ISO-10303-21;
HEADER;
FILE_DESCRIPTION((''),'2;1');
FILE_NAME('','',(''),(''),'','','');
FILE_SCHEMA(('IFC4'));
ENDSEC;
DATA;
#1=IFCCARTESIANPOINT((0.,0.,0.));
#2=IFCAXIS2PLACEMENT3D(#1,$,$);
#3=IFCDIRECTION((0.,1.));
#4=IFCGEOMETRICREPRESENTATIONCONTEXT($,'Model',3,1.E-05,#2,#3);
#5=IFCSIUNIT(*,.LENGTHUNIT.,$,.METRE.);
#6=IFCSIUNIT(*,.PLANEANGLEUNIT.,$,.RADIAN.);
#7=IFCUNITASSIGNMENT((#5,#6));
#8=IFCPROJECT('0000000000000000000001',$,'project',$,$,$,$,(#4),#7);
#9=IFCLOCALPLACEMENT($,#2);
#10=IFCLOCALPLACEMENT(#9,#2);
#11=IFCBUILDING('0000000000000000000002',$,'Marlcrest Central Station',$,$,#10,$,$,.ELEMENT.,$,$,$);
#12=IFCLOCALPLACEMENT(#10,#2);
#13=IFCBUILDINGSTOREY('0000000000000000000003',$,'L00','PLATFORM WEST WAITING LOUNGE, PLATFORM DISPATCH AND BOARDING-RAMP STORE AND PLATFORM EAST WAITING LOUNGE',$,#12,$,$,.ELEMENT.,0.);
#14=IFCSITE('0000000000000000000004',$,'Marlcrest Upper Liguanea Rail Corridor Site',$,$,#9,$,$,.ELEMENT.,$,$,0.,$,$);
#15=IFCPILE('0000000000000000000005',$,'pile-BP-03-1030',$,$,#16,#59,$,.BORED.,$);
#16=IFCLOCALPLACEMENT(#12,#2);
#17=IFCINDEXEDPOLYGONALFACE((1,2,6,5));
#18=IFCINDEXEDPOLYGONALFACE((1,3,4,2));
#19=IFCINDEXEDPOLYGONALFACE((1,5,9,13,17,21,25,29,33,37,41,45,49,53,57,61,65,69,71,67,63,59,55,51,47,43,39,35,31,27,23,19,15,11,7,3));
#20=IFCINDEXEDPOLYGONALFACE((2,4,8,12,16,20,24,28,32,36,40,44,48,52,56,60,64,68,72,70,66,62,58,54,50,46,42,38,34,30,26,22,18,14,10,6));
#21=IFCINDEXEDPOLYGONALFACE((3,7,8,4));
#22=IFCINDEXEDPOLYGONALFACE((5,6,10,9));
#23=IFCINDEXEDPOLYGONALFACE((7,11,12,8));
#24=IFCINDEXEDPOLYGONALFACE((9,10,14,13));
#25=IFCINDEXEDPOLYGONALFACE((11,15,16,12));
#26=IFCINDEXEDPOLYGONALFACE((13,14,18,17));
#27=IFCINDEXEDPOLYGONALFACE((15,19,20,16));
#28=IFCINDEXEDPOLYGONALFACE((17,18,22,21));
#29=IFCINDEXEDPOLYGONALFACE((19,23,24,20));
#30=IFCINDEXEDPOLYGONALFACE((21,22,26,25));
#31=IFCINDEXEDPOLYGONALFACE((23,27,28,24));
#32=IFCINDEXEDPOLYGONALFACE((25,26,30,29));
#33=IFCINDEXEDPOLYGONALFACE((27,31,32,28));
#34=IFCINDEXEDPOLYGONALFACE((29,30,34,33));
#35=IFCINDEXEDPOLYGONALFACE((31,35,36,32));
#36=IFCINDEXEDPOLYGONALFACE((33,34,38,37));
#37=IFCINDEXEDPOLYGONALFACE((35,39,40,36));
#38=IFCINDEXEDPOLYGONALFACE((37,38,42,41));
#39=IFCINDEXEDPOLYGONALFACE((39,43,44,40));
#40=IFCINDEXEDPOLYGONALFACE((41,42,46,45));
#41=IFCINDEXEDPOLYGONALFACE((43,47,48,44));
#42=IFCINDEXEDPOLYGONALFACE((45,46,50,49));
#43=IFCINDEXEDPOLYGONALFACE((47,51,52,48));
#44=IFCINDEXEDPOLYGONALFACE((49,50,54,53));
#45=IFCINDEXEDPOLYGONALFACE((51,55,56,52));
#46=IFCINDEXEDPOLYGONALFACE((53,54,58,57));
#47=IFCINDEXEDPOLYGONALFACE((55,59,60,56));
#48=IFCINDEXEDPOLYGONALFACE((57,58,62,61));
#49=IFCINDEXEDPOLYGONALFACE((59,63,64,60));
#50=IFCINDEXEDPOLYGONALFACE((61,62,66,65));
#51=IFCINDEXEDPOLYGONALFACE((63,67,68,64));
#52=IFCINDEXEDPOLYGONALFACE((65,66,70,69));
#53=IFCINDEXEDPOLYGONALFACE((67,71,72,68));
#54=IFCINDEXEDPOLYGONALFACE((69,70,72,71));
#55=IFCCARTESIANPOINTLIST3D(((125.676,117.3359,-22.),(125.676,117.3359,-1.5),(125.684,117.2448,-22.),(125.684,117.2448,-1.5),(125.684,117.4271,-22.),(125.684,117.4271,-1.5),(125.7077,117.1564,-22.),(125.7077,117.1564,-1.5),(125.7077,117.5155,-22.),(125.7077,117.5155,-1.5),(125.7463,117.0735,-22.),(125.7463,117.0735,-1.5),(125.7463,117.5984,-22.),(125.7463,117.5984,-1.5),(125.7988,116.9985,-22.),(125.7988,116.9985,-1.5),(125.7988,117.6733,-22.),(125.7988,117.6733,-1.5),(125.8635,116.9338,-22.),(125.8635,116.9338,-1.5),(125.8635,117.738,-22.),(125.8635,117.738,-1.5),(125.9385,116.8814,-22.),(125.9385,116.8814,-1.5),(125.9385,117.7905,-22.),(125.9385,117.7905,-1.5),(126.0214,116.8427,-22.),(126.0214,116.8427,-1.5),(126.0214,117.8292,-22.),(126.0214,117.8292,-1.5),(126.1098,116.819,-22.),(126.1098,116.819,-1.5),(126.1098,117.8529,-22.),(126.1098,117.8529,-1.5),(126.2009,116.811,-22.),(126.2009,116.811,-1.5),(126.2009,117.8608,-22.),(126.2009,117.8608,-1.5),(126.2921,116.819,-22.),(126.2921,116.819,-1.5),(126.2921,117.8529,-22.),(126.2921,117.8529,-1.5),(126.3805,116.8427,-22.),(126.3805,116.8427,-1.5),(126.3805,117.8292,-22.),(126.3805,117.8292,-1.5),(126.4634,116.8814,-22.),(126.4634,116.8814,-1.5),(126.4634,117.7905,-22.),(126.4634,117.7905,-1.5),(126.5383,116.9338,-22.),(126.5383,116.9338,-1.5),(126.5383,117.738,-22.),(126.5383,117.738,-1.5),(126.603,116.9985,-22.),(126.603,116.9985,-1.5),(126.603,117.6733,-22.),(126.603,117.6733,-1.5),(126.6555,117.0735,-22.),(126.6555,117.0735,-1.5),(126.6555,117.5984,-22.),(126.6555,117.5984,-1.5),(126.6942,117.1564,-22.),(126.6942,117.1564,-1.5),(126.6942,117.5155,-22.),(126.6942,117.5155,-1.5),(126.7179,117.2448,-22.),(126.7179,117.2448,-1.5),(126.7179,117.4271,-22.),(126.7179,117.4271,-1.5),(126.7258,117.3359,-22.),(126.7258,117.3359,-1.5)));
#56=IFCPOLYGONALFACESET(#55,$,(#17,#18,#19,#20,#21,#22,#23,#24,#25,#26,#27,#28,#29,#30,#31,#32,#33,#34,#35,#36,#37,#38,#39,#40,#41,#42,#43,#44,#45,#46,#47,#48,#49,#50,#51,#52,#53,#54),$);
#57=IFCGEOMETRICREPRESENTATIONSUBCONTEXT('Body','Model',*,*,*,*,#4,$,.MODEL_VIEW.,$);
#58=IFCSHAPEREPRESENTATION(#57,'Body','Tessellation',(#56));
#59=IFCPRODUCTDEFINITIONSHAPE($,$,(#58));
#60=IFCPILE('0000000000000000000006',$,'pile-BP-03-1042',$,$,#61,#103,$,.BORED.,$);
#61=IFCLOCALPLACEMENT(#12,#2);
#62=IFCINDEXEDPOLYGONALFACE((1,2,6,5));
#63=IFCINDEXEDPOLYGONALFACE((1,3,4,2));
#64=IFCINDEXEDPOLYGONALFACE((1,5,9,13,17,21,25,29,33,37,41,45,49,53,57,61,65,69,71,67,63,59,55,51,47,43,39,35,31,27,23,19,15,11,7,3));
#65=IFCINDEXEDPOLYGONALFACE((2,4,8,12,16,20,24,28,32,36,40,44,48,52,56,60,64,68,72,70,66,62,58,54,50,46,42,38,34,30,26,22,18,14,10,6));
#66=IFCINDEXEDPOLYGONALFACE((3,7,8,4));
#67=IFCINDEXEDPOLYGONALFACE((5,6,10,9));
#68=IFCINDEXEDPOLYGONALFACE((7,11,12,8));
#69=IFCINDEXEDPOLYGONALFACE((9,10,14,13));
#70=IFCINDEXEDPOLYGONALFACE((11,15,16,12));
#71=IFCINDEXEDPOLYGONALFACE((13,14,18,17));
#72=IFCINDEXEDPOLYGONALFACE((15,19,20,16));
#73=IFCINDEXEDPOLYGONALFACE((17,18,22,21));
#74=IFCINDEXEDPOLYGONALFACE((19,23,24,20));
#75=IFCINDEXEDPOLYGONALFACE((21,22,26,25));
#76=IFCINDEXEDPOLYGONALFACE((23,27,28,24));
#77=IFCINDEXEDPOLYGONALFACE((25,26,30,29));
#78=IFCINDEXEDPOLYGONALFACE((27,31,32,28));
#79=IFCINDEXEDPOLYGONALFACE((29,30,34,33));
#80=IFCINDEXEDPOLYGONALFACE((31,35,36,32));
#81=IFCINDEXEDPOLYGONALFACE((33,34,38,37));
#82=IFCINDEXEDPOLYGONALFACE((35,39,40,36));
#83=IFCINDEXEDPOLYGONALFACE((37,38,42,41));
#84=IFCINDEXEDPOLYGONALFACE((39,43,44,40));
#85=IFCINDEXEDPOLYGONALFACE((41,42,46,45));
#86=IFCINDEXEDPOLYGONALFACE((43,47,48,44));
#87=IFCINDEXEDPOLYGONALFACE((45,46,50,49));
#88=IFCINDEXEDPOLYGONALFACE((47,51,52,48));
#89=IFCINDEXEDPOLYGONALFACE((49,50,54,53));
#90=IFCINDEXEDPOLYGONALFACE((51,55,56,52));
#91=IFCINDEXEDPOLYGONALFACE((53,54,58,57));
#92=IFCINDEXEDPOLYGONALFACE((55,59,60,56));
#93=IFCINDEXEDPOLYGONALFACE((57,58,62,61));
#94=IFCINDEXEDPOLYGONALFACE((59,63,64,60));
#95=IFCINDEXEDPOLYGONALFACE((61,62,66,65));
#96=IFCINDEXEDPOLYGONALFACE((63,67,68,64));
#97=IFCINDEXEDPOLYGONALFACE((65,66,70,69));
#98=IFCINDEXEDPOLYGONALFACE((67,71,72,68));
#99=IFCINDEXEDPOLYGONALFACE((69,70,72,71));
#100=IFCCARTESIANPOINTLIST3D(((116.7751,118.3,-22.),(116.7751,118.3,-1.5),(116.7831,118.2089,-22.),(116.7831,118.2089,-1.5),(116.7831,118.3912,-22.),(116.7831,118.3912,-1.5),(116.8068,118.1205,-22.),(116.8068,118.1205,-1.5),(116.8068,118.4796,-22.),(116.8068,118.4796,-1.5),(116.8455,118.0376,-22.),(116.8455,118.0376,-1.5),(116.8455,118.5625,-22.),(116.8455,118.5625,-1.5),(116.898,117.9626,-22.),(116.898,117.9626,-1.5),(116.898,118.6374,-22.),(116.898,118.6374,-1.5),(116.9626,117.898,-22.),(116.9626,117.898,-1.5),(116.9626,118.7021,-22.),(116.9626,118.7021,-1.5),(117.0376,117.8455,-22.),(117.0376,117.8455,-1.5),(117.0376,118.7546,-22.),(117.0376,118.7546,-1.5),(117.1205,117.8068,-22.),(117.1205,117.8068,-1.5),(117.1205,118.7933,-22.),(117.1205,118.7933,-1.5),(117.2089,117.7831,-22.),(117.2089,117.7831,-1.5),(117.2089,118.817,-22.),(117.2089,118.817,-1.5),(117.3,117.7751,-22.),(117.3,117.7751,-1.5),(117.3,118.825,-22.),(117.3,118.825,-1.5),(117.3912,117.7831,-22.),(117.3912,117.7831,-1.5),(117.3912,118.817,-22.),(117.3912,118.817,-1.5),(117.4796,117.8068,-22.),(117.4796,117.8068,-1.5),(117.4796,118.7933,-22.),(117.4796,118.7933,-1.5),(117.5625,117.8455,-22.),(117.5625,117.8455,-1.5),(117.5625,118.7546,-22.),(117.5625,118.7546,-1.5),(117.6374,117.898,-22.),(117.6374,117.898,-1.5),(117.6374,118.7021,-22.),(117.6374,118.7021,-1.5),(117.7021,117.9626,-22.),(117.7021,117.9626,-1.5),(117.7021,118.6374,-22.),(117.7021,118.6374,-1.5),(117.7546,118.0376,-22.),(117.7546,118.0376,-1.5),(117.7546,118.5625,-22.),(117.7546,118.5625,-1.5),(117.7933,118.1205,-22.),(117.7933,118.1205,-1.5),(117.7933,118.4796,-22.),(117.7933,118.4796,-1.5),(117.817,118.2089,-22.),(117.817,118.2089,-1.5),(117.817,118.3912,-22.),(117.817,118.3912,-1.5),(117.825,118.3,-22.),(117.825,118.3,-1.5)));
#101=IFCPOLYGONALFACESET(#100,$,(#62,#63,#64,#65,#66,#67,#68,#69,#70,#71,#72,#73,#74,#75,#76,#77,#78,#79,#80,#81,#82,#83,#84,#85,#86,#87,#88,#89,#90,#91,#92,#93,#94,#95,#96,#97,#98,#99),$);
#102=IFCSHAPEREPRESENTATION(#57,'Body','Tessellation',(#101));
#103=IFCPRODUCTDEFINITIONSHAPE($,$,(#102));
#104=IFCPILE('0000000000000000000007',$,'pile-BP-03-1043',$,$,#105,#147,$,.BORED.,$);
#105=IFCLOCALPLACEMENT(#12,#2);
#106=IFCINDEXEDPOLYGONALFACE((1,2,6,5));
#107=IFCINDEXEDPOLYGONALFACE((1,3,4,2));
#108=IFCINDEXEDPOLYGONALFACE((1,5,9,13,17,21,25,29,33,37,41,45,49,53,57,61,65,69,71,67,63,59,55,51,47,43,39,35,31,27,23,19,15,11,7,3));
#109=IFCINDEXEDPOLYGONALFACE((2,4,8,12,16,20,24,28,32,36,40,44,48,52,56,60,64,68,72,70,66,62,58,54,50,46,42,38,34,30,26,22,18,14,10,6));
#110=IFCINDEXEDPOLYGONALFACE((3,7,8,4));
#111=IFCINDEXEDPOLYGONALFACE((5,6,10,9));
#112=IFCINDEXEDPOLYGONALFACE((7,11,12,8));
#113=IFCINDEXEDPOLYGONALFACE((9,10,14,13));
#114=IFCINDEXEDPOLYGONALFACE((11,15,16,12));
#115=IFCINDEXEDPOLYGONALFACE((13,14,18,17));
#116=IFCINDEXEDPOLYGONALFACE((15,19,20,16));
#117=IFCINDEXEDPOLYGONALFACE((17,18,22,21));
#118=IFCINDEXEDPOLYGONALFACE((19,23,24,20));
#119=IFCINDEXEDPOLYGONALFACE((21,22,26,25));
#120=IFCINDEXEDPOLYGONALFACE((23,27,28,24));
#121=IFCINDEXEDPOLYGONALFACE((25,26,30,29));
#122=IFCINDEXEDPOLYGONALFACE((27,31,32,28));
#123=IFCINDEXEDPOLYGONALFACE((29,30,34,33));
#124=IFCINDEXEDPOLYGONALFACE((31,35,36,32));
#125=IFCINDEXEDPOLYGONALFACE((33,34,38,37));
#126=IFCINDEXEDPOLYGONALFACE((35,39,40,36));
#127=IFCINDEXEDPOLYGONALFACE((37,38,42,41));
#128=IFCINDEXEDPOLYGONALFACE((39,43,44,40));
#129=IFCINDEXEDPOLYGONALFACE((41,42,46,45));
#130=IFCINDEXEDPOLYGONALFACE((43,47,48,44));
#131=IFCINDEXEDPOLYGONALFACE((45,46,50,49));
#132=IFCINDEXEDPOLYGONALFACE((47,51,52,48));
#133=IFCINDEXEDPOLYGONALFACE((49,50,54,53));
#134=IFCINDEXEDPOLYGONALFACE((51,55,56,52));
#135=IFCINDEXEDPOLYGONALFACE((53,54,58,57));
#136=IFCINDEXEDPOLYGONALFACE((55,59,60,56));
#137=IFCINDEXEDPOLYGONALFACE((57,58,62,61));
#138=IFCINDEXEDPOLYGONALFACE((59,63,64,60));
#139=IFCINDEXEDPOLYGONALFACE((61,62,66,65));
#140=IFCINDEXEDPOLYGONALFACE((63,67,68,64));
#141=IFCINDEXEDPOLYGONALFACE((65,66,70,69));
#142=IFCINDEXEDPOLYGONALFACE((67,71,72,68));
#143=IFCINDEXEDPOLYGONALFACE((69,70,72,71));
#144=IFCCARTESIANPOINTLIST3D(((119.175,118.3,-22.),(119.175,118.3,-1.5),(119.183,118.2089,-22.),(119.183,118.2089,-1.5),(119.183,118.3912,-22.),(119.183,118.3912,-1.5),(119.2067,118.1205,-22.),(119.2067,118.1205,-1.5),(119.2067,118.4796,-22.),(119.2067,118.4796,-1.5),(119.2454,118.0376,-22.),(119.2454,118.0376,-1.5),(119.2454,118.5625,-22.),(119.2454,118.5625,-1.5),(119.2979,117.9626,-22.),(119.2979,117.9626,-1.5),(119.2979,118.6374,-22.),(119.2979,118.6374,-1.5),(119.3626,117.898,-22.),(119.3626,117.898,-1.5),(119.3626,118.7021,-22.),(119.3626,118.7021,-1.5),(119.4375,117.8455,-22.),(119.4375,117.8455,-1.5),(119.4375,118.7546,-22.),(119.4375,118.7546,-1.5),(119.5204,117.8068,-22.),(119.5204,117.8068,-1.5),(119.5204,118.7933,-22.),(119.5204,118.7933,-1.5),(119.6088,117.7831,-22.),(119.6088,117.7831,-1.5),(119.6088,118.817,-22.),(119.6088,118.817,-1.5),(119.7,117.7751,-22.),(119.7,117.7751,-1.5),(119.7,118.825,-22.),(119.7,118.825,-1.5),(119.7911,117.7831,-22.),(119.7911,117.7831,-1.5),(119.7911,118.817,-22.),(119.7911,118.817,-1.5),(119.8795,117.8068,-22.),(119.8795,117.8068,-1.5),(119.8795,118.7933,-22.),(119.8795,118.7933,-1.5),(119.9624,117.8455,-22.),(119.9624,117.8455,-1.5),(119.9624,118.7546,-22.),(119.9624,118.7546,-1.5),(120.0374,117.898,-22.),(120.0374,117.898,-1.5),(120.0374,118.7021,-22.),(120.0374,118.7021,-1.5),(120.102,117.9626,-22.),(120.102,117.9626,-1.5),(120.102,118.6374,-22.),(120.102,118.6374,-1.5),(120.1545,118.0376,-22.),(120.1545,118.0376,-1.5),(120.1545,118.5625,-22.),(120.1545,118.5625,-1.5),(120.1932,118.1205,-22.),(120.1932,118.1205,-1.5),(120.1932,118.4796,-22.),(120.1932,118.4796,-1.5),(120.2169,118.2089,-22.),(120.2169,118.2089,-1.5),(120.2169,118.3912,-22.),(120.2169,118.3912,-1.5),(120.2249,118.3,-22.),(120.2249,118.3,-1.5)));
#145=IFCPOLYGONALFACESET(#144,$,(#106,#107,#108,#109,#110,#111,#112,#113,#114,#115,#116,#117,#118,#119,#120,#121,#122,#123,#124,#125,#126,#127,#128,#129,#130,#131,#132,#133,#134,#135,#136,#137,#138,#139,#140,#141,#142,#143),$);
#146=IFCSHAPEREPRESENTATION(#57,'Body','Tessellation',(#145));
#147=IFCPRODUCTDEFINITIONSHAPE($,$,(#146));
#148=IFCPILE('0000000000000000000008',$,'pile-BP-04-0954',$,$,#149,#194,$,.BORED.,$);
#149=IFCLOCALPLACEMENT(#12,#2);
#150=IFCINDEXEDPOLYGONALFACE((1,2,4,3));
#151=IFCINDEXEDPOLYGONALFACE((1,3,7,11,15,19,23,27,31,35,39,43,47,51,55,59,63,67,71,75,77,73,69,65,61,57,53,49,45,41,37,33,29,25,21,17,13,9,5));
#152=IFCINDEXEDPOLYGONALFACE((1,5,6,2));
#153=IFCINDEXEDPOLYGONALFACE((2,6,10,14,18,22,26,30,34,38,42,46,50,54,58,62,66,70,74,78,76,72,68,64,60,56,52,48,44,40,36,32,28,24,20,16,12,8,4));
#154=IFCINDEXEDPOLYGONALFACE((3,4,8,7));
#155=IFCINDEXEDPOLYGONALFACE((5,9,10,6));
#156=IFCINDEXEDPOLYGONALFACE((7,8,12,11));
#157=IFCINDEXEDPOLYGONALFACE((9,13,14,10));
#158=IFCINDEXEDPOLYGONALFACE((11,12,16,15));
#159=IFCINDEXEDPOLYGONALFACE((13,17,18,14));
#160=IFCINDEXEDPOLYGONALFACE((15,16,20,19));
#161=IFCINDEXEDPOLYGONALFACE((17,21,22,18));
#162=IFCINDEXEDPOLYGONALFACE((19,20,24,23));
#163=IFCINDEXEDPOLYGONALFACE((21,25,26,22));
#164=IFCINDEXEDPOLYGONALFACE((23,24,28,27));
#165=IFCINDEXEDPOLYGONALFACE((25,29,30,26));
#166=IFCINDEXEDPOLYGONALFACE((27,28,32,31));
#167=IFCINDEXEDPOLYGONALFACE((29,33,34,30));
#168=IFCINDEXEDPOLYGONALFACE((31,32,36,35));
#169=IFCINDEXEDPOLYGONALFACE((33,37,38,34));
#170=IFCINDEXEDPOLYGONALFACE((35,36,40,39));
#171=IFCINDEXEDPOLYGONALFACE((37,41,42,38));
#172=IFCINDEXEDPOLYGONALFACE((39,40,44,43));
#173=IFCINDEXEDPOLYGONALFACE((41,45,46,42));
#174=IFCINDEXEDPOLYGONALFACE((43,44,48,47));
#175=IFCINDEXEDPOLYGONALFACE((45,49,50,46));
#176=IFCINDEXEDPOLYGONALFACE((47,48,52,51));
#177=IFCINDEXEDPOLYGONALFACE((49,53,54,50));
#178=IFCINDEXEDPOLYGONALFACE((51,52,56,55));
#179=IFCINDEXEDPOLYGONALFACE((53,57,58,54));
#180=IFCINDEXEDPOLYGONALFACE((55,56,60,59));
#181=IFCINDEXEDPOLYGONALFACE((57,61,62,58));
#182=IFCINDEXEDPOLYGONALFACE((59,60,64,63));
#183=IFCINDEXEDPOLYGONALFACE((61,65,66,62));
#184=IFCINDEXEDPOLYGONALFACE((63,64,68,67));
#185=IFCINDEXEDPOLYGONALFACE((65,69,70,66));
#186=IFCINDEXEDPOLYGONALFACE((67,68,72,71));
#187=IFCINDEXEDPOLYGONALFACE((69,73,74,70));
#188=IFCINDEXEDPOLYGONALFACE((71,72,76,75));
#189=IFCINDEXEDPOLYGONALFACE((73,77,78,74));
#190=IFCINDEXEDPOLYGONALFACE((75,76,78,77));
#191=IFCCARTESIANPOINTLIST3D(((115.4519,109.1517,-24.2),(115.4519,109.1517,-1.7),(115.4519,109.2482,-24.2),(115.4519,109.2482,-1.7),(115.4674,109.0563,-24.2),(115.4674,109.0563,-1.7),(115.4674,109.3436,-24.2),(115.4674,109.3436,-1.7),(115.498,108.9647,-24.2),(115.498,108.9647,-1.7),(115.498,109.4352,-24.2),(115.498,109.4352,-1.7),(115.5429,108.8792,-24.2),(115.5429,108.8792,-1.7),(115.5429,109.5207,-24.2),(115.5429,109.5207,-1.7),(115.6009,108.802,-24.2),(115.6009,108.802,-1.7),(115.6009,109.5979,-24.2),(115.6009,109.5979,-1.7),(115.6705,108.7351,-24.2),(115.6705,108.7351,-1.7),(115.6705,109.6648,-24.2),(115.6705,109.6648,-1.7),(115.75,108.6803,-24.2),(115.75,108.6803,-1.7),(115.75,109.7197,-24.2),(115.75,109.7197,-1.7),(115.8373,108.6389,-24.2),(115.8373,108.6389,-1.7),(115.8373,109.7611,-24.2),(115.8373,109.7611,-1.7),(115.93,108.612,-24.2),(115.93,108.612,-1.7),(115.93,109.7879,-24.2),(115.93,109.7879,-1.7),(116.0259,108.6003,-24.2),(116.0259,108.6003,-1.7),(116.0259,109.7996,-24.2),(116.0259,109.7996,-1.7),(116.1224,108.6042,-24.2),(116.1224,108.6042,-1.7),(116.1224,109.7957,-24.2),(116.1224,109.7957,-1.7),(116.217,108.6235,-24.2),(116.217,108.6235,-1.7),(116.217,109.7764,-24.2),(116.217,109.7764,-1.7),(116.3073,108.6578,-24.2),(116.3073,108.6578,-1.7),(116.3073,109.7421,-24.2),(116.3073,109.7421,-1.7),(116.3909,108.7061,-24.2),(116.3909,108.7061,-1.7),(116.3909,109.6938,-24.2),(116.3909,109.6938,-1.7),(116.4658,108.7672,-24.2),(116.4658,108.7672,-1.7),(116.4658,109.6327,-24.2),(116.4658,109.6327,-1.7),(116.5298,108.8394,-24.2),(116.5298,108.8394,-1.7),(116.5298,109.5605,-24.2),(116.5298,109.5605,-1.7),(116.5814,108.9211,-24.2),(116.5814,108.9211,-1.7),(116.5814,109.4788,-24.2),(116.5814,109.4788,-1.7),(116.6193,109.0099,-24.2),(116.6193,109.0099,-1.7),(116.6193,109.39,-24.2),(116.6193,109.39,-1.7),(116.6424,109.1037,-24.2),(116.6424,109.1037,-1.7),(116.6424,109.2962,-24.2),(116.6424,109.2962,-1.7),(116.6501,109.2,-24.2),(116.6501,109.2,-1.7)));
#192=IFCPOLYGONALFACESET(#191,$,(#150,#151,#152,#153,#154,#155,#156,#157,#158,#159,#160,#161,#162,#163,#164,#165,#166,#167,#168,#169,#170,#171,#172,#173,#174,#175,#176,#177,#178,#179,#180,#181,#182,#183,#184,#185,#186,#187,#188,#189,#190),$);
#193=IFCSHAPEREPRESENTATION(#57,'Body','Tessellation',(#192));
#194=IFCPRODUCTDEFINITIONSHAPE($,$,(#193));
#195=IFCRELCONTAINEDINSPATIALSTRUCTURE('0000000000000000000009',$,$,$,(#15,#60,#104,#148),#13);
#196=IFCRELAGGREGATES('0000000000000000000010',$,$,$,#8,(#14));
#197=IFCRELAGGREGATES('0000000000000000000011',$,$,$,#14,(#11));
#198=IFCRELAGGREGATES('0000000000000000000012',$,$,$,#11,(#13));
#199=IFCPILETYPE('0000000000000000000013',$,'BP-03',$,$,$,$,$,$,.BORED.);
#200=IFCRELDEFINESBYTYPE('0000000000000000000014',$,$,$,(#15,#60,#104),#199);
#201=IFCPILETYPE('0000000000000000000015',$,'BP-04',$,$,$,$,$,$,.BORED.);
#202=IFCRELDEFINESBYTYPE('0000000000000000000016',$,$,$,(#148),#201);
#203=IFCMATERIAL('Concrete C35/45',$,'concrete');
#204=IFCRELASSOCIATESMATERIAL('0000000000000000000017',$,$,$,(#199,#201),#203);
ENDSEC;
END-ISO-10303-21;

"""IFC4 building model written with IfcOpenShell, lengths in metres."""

from ifc_helpers import new_model, si_unit, direction, frame, origin, origin_2d, place, context, subcontext, project, spatial, circle, extrude, material, material_profile, profile_set, type_object, element, save


model = new_model("IFC4")

# Units and contexts
model_context = context("Model", 3, precision=1e-05, world=origin(), true_north=direction((0.0, 1.0)))
body_context = subcontext(model_context, "Body", "Model", "MODEL_VIEW")
ifc_project = project(units=[si_unit("LENGTHUNIT", "METRE"), si_unit("PLANEANGLEUNIT", "RADIAN")], contexts=[model_context])

# Site, building, storey
site_placement = place(None, origin())
site = spatial("IfcSite", under=ifc_project, at=site_placement, Name="Marlcrest Upper Liguanea Rail Corridor Site", CompositionType="ELEMENT", RefElevation=0.0)
building_placement = place(site_placement, origin())
building = spatial("IfcBuilding", under=site, at=building_placement, Name="Marlcrest Central Station", CompositionType="ELEMENT")
storey_placement = place(building_placement, origin())
storey = spatial("IfcBuildingStorey", under=building, at=storey_placement, Name="L00", Description="PLATFORM WEST WAITING LOUNGE, PLATFORM DISPATCH AND BOARDING-RAMP STORE AND PLATFORM EAST WAITING LOUNGE", CompositionType="ELEMENT", Elevation=0.0)

# Piles
ifc_material_1 = material(Name="Concrete C35/45", Category="concrete")
ifc_material_profile_1 = material_profile(ifc_material_1, circle(Radius=0.5249, at=origin_2d()), Name="PILE D1050")
ifc_profile_set_1 = profile_set([ifc_material_profile_1], Name="Concrete C35/45")
pile_type_1 = type_object("IfcPileType", Name="BP-03", PredefinedType="BORED", material=ifc_profile_set_1)
for number, where, z_axis, x_axis, name in (
    (1, (126.2009, 117.3359, -1.5), (0.0, 0.0, -1.0), (1.0, 0.0, 0.0), "pile-BP-03-1030"),
    (2, (117.3, 118.3, -1.5), (0.0, 0.0, -1.0), (1.0, 0.0, 0.0), "pile-BP-03-1042"),
    (3, (119.7, 118.3, -1.5), (0.0, 0.0, -1.0), (1.0, 0.0, 0.0), "pile-BP-03-1043"),
):
    element("IfcPile", number, at=place(storey_placement, frame(where, z_axis=z_axis, x_axis=x_axis)), inside=storey, type_object=pile_type_1, Name=name, PredefinedType="BORED", context=body_context, shape_type="SweptSolid", body=[
        extrude(circle(Radius=0.5249, at=origin_2d()), origin(), (0.0, 0.0, 1.0), 20.5),
    ])
ifc_material_profile_2 = material_profile(ifc_material_1, circle(Radius=0.6001, at=origin_2d()), Name="PILE D1200")
ifc_profile_set_2 = profile_set([ifc_material_profile_2], Name="Concrete C35/45")
pile_type_2 = type_object("IfcPileType", Name="BP-04", PredefinedType="BORED", material=ifc_profile_set_2)
for number, where, z_axis, x_axis, name in (
    (4, (116.05, 109.2, -1.7), (0.0, 0.0, -1.0), (1.0, 0.0, 0.0), "pile-BP-04-0954"),
):
    element("IfcPile", number, at=place(storey_placement, frame(where, z_axis=z_axis, x_axis=x_axis)), inside=storey, type_object=pile_type_2, Name=name, PredefinedType="BORED", context=body_context, shape_type="SweptSolid", body=[
        extrude(circle(Radius=0.6001, at=origin_2d()), origin(), (0.0, 0.0, 1.0), 22.5),
    ])

save(model, "model.ifc")
